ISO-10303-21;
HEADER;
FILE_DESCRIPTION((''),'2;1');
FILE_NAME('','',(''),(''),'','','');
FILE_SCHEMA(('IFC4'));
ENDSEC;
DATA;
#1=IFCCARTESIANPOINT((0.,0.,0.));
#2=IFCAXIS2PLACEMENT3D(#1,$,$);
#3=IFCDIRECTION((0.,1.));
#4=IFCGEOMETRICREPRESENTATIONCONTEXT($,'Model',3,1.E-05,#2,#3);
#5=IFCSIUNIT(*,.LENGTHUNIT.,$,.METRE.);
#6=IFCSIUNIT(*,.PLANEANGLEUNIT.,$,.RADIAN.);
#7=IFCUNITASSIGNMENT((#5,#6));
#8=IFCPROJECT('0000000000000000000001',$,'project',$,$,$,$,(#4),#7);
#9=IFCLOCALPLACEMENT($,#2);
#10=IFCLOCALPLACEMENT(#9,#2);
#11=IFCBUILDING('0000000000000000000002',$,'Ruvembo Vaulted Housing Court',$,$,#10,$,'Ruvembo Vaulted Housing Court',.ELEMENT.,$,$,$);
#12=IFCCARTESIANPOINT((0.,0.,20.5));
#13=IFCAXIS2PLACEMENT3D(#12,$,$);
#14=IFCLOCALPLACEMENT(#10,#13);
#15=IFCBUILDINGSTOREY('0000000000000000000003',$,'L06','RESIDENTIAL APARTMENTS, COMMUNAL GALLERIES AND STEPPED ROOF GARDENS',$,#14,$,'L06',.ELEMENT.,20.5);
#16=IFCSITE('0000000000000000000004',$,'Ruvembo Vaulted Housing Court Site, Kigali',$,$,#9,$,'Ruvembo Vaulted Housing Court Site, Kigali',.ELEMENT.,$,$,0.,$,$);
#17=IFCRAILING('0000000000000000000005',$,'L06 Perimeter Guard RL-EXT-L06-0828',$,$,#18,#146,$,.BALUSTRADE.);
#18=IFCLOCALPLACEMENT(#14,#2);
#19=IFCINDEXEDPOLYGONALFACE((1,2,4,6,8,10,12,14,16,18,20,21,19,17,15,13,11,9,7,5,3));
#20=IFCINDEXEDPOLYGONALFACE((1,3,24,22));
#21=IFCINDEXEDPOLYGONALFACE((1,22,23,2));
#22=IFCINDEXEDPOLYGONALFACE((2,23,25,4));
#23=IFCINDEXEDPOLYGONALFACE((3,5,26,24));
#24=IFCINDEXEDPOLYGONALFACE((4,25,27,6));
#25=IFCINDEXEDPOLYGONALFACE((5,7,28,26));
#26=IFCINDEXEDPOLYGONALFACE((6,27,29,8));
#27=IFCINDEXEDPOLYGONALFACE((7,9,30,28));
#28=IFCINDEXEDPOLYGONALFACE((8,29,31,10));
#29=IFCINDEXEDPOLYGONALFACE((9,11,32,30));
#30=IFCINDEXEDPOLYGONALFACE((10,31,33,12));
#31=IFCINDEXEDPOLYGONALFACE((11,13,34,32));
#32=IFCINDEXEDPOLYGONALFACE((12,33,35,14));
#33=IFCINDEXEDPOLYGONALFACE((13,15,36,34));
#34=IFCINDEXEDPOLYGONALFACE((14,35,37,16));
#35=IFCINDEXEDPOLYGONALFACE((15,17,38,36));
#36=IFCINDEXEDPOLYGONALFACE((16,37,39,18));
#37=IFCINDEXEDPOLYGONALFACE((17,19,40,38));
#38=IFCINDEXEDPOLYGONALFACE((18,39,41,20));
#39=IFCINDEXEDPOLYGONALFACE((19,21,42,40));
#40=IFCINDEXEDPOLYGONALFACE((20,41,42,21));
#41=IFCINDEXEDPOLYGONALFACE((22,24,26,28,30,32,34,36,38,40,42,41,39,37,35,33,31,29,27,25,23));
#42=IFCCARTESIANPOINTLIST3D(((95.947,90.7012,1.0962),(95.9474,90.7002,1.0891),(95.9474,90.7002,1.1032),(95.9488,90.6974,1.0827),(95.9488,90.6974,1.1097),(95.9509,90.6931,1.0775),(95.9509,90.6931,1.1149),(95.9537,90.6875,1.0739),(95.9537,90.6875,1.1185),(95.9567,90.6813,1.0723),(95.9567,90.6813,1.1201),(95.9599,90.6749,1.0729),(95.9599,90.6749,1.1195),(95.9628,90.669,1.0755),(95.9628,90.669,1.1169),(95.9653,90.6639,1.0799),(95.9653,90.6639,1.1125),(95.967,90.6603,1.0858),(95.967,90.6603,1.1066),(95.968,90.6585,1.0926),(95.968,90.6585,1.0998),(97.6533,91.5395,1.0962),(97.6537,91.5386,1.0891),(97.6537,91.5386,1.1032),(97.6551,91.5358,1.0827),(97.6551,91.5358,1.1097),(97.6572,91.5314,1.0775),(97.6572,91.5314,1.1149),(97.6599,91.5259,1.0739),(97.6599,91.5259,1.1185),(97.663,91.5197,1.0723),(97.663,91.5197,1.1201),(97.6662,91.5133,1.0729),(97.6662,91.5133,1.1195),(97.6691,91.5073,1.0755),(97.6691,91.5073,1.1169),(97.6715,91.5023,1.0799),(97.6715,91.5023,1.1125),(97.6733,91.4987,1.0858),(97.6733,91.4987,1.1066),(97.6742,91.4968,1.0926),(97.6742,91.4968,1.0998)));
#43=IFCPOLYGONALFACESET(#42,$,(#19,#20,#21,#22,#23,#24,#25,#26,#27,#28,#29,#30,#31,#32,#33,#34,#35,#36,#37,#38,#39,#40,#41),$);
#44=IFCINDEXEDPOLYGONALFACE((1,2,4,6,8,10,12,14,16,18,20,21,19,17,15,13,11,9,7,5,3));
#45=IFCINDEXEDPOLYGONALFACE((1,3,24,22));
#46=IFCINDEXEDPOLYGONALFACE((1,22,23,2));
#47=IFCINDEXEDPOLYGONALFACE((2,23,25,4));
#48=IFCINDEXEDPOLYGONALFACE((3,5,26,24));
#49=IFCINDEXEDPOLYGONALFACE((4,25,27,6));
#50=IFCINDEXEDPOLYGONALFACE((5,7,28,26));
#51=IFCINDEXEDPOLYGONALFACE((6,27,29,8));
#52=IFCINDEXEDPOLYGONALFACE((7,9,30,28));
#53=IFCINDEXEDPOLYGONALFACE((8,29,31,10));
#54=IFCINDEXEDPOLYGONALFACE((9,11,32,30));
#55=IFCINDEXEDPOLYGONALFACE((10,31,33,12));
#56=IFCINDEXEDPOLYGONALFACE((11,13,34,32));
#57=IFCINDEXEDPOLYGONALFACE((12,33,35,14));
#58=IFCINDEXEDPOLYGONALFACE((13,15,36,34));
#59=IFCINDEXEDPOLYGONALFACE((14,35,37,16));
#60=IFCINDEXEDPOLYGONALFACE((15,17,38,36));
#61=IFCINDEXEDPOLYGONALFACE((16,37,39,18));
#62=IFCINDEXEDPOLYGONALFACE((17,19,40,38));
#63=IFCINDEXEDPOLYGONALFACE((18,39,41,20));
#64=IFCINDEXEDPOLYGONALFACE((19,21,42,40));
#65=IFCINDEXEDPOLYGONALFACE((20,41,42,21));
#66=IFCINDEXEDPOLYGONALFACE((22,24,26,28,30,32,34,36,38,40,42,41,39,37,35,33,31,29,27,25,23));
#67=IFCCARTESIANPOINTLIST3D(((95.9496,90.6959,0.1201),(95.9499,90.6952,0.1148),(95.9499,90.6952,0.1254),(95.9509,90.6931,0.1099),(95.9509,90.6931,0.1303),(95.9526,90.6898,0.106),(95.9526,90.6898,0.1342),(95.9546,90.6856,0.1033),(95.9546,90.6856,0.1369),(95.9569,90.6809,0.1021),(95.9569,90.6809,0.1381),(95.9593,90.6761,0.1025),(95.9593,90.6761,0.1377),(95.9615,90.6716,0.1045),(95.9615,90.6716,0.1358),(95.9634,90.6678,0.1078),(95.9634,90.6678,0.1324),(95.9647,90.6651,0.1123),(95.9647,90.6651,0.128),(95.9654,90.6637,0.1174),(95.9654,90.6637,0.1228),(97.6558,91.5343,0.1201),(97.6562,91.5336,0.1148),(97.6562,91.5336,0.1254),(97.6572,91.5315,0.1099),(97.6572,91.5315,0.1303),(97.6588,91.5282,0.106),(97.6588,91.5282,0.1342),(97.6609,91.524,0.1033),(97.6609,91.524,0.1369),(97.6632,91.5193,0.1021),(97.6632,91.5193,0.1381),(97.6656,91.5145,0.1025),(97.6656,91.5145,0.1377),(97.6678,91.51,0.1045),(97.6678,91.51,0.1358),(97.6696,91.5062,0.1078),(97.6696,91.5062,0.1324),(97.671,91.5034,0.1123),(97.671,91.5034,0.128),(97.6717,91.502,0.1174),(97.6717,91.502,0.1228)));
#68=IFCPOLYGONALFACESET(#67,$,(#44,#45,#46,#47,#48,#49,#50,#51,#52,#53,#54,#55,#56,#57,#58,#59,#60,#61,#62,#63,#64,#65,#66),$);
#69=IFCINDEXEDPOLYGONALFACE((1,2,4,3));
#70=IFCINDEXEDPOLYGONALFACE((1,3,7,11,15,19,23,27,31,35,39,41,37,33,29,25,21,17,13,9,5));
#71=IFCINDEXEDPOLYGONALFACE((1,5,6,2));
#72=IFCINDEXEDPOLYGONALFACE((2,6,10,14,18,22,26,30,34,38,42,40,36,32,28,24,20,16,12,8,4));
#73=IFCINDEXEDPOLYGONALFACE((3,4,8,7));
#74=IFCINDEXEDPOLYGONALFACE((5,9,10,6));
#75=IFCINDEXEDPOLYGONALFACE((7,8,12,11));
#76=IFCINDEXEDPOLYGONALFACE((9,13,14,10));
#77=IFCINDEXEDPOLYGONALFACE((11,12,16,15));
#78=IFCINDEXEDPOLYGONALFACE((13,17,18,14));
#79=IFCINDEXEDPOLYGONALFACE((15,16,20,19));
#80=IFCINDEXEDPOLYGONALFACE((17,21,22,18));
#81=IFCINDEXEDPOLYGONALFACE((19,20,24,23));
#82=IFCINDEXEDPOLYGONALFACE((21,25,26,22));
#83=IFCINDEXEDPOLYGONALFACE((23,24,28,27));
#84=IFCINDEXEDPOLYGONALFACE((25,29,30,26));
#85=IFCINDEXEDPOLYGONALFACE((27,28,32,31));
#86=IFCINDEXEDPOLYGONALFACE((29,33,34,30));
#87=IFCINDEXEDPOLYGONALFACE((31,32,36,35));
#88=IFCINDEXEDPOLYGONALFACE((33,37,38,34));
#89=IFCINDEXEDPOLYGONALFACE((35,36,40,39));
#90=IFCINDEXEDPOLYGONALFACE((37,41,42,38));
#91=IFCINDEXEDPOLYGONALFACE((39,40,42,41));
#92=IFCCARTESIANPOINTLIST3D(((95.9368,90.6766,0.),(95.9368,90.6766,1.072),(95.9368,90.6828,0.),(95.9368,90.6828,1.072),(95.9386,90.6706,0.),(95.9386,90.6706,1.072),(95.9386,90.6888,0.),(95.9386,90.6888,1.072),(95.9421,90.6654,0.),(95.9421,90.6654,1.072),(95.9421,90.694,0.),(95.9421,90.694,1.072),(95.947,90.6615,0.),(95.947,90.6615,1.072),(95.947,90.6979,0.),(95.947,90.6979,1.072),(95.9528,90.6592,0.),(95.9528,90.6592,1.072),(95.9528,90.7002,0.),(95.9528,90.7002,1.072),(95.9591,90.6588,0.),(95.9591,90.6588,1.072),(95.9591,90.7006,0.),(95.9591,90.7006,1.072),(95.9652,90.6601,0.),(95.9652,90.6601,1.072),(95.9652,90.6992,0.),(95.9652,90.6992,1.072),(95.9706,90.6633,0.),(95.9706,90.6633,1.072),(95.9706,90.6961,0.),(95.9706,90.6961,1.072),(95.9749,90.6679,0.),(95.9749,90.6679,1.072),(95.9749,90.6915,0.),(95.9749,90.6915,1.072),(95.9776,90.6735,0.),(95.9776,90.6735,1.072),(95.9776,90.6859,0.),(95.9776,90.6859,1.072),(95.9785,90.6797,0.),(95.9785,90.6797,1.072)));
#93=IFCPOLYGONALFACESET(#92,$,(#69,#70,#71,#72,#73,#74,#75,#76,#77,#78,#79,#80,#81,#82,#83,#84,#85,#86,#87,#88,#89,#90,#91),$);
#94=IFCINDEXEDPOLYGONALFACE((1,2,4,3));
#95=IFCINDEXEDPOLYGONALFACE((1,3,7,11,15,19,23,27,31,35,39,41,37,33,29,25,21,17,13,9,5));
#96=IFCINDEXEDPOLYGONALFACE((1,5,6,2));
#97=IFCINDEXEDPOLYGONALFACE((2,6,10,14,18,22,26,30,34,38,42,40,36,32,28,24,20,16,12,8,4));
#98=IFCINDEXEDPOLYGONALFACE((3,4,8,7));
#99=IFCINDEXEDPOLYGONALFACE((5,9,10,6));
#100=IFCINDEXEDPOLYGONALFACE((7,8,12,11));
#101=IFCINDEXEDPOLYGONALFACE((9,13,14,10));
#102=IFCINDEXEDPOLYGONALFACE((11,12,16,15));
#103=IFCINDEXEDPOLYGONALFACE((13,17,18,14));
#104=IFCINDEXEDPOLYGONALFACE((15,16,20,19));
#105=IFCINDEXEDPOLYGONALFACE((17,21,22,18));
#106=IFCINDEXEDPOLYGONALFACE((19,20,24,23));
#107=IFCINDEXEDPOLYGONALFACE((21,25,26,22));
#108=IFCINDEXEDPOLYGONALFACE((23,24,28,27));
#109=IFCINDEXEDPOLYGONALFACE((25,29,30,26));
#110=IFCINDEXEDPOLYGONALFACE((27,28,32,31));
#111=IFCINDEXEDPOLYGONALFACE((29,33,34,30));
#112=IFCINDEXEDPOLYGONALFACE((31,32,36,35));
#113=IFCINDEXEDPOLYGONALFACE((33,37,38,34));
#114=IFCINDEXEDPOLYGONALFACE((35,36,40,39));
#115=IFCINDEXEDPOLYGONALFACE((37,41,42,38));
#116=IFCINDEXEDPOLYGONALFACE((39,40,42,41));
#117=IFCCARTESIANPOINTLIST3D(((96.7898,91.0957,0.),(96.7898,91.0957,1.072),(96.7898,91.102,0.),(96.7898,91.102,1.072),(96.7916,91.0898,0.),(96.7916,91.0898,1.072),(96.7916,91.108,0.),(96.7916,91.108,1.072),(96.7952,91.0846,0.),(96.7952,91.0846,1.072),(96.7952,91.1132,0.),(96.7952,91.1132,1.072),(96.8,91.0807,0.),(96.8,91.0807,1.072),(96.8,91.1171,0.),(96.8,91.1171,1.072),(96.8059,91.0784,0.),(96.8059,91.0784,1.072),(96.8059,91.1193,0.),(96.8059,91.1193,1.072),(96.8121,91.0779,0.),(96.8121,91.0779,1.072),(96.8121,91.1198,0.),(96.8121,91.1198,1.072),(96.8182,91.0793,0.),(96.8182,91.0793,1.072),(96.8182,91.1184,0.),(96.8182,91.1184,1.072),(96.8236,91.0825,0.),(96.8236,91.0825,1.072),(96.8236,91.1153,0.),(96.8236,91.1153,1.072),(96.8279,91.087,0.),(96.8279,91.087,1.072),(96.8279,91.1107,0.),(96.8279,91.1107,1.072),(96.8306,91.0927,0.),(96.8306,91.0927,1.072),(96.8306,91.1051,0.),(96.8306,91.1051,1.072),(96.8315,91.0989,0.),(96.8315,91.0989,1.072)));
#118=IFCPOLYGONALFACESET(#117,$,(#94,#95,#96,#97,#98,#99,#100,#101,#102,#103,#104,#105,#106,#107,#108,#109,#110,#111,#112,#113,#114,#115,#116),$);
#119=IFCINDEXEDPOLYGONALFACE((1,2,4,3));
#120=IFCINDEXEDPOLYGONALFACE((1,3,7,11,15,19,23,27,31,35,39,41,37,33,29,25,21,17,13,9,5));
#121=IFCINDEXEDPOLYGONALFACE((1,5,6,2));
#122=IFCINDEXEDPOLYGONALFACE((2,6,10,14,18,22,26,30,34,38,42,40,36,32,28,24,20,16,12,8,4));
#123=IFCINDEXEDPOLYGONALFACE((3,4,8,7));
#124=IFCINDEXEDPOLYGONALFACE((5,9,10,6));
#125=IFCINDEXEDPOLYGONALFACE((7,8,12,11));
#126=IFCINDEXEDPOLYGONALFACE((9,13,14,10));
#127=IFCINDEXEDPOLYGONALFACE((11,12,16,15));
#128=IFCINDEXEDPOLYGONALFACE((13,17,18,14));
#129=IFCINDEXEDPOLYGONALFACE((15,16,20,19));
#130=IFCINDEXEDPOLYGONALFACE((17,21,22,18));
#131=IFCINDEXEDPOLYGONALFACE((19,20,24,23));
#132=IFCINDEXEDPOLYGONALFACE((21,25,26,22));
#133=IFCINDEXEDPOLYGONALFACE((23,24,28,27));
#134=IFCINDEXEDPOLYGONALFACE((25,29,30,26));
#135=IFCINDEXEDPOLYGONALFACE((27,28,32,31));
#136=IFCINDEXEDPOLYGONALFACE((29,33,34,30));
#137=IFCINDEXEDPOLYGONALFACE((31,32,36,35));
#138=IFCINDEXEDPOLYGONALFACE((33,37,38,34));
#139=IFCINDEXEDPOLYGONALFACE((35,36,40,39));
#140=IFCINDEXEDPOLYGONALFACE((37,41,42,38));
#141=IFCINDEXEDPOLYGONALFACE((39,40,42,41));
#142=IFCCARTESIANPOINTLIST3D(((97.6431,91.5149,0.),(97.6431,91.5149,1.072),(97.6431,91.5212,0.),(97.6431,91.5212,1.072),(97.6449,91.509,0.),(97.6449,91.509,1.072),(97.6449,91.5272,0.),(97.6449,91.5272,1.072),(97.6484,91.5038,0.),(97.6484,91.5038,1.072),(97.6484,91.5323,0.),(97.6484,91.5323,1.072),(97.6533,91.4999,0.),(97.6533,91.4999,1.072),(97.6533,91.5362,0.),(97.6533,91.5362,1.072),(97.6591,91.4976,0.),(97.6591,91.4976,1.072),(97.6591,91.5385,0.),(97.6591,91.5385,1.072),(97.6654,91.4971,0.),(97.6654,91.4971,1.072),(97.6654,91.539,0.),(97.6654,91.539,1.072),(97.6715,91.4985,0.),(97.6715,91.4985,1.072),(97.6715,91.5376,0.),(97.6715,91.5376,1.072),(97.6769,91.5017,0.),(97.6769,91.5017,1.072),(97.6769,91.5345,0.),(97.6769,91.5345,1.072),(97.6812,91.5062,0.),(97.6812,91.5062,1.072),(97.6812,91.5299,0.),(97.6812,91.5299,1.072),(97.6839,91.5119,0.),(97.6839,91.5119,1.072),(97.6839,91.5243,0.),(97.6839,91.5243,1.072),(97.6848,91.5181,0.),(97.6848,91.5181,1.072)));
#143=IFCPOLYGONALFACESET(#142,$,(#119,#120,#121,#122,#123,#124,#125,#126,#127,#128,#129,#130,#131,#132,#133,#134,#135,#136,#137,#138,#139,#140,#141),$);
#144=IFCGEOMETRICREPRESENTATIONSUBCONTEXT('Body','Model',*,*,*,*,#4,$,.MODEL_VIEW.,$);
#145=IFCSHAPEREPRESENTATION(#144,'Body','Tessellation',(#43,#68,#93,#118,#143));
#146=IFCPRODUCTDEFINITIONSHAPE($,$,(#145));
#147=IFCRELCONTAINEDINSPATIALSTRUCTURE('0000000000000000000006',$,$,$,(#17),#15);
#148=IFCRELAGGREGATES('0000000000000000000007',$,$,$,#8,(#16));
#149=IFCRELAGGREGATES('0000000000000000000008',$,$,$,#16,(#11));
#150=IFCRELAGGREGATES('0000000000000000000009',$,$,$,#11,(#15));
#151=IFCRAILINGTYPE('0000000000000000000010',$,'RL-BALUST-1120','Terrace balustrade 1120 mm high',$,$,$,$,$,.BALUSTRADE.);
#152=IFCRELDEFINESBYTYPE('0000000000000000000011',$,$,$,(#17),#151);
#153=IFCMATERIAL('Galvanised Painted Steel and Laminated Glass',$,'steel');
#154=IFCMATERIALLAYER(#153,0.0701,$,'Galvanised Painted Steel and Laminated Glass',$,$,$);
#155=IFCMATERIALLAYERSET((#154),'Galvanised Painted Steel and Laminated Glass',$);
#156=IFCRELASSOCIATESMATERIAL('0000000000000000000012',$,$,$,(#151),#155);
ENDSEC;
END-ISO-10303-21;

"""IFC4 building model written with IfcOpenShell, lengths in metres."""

from ifc_helpers import new_model, si_unit, direction, frame, origin, origin_2d, place, context, subcontext, project, spatial, circle, extrude, material, layer, layer_set, type_object, element, save


model = new_model("IFC4")

# Units and contexts
model_context = context("Model", 3, precision=1e-05, world=origin(), true_north=direction((0.0, 1.0)))
body_context = subcontext(model_context, "Body", "Model", "MODEL_VIEW")
ifc_project = project(units=[si_unit("LENGTHUNIT", "METRE"), si_unit("PLANEANGLEUNIT", "RADIAN")], contexts=[model_context])

# Site, building, storey
site_placement = place(None, origin())
site = spatial("IfcSite", under=ifc_project, at=site_placement, Name="Ruvembo Vaulted Housing Court Site, Kigali", LongName="Ruvembo Vaulted Housing Court Site, Kigali", CompositionType="ELEMENT", RefElevation=0.0)
building_placement = place(site_placement, origin())
building = spatial("IfcBuilding", under=site, at=building_placement, Name="Ruvembo Vaulted Housing Court", LongName="Ruvembo Vaulted Housing Court", CompositionType="ELEMENT")
storey_placement = place(building_placement, frame((0.0, 0.0, 20.5)))
storey = spatial("IfcBuildingStorey", under=building, at=storey_placement, Name="L06", Description="RESIDENTIAL APARTMENTS, COMMUNAL GALLERIES AND STEPPED ROOF GARDENS", LongName="L06", CompositionType="ELEMENT", Elevation=20.5)

# Railing
ifc_material_1 = material(Name="Galvanised Painted Steel and Laminated Glass", Category="steel")
ifc_layer = layer(ifc_material_1, 0.0701, Name="Galvanised Painted Steel and Laminated Glass")
ifc_layer_set = layer_set([ifc_layer], Name="Galvanised Painted Steel and Laminated Glass")
railing_type = type_object("IfcRailingType", Name="RL-BALUST-1120", Description="Terrace balustrade 1120 mm high", PredefinedType="BALUSTRADE", material=ifc_layer_set)
railing_1_placement = place(storey_placement, frame((95.9575, 90.6797, 0.0)))
element("IfcRailing", 1, at=railing_1_placement, inside=storey, type_object=railing_type, Name="L06 Perimeter Guard RL-EXT-L06-0828", PredefinedType="BALUSTRADE", context=body_context, shape_type="SweptSolid", body=[
    extrude(circle(Radius=0.0239, at=origin_2d()), frame((0.0, 0.0, 1.0962), z_axis=(0.897513, 0.440987, 0.0), x_axis=(-0.440987, 0.897513, 0.0)), (0.0, 0.0, 1.0), 1.9011),
    extrude(circle(Radius=0.0181, at=origin_2d()), frame((0.0, 0.0, 0.1201), z_axis=(0.897513, 0.440987, 0.0), x_axis=(-0.440987, 0.897513, 0.0)), (0.0, 0.0, 1.0), 1.9011),
    extrude(circle(Radius=0.021, at=origin_2d()), origin(), (0.0, 0.0, 1.0), 1.072),
    extrude(circle(Radius=0.021, at=origin_2d()), frame((0.853, 0.4192, 0.0)), (0.0, 0.0, 1.0), 1.072),
    extrude(circle(Radius=0.021, at=origin_2d()), frame((1.7063, 0.8384, 0.0)), (0.0, 0.0, 1.0), 1.072),
])

save(model, "model.ifc")
